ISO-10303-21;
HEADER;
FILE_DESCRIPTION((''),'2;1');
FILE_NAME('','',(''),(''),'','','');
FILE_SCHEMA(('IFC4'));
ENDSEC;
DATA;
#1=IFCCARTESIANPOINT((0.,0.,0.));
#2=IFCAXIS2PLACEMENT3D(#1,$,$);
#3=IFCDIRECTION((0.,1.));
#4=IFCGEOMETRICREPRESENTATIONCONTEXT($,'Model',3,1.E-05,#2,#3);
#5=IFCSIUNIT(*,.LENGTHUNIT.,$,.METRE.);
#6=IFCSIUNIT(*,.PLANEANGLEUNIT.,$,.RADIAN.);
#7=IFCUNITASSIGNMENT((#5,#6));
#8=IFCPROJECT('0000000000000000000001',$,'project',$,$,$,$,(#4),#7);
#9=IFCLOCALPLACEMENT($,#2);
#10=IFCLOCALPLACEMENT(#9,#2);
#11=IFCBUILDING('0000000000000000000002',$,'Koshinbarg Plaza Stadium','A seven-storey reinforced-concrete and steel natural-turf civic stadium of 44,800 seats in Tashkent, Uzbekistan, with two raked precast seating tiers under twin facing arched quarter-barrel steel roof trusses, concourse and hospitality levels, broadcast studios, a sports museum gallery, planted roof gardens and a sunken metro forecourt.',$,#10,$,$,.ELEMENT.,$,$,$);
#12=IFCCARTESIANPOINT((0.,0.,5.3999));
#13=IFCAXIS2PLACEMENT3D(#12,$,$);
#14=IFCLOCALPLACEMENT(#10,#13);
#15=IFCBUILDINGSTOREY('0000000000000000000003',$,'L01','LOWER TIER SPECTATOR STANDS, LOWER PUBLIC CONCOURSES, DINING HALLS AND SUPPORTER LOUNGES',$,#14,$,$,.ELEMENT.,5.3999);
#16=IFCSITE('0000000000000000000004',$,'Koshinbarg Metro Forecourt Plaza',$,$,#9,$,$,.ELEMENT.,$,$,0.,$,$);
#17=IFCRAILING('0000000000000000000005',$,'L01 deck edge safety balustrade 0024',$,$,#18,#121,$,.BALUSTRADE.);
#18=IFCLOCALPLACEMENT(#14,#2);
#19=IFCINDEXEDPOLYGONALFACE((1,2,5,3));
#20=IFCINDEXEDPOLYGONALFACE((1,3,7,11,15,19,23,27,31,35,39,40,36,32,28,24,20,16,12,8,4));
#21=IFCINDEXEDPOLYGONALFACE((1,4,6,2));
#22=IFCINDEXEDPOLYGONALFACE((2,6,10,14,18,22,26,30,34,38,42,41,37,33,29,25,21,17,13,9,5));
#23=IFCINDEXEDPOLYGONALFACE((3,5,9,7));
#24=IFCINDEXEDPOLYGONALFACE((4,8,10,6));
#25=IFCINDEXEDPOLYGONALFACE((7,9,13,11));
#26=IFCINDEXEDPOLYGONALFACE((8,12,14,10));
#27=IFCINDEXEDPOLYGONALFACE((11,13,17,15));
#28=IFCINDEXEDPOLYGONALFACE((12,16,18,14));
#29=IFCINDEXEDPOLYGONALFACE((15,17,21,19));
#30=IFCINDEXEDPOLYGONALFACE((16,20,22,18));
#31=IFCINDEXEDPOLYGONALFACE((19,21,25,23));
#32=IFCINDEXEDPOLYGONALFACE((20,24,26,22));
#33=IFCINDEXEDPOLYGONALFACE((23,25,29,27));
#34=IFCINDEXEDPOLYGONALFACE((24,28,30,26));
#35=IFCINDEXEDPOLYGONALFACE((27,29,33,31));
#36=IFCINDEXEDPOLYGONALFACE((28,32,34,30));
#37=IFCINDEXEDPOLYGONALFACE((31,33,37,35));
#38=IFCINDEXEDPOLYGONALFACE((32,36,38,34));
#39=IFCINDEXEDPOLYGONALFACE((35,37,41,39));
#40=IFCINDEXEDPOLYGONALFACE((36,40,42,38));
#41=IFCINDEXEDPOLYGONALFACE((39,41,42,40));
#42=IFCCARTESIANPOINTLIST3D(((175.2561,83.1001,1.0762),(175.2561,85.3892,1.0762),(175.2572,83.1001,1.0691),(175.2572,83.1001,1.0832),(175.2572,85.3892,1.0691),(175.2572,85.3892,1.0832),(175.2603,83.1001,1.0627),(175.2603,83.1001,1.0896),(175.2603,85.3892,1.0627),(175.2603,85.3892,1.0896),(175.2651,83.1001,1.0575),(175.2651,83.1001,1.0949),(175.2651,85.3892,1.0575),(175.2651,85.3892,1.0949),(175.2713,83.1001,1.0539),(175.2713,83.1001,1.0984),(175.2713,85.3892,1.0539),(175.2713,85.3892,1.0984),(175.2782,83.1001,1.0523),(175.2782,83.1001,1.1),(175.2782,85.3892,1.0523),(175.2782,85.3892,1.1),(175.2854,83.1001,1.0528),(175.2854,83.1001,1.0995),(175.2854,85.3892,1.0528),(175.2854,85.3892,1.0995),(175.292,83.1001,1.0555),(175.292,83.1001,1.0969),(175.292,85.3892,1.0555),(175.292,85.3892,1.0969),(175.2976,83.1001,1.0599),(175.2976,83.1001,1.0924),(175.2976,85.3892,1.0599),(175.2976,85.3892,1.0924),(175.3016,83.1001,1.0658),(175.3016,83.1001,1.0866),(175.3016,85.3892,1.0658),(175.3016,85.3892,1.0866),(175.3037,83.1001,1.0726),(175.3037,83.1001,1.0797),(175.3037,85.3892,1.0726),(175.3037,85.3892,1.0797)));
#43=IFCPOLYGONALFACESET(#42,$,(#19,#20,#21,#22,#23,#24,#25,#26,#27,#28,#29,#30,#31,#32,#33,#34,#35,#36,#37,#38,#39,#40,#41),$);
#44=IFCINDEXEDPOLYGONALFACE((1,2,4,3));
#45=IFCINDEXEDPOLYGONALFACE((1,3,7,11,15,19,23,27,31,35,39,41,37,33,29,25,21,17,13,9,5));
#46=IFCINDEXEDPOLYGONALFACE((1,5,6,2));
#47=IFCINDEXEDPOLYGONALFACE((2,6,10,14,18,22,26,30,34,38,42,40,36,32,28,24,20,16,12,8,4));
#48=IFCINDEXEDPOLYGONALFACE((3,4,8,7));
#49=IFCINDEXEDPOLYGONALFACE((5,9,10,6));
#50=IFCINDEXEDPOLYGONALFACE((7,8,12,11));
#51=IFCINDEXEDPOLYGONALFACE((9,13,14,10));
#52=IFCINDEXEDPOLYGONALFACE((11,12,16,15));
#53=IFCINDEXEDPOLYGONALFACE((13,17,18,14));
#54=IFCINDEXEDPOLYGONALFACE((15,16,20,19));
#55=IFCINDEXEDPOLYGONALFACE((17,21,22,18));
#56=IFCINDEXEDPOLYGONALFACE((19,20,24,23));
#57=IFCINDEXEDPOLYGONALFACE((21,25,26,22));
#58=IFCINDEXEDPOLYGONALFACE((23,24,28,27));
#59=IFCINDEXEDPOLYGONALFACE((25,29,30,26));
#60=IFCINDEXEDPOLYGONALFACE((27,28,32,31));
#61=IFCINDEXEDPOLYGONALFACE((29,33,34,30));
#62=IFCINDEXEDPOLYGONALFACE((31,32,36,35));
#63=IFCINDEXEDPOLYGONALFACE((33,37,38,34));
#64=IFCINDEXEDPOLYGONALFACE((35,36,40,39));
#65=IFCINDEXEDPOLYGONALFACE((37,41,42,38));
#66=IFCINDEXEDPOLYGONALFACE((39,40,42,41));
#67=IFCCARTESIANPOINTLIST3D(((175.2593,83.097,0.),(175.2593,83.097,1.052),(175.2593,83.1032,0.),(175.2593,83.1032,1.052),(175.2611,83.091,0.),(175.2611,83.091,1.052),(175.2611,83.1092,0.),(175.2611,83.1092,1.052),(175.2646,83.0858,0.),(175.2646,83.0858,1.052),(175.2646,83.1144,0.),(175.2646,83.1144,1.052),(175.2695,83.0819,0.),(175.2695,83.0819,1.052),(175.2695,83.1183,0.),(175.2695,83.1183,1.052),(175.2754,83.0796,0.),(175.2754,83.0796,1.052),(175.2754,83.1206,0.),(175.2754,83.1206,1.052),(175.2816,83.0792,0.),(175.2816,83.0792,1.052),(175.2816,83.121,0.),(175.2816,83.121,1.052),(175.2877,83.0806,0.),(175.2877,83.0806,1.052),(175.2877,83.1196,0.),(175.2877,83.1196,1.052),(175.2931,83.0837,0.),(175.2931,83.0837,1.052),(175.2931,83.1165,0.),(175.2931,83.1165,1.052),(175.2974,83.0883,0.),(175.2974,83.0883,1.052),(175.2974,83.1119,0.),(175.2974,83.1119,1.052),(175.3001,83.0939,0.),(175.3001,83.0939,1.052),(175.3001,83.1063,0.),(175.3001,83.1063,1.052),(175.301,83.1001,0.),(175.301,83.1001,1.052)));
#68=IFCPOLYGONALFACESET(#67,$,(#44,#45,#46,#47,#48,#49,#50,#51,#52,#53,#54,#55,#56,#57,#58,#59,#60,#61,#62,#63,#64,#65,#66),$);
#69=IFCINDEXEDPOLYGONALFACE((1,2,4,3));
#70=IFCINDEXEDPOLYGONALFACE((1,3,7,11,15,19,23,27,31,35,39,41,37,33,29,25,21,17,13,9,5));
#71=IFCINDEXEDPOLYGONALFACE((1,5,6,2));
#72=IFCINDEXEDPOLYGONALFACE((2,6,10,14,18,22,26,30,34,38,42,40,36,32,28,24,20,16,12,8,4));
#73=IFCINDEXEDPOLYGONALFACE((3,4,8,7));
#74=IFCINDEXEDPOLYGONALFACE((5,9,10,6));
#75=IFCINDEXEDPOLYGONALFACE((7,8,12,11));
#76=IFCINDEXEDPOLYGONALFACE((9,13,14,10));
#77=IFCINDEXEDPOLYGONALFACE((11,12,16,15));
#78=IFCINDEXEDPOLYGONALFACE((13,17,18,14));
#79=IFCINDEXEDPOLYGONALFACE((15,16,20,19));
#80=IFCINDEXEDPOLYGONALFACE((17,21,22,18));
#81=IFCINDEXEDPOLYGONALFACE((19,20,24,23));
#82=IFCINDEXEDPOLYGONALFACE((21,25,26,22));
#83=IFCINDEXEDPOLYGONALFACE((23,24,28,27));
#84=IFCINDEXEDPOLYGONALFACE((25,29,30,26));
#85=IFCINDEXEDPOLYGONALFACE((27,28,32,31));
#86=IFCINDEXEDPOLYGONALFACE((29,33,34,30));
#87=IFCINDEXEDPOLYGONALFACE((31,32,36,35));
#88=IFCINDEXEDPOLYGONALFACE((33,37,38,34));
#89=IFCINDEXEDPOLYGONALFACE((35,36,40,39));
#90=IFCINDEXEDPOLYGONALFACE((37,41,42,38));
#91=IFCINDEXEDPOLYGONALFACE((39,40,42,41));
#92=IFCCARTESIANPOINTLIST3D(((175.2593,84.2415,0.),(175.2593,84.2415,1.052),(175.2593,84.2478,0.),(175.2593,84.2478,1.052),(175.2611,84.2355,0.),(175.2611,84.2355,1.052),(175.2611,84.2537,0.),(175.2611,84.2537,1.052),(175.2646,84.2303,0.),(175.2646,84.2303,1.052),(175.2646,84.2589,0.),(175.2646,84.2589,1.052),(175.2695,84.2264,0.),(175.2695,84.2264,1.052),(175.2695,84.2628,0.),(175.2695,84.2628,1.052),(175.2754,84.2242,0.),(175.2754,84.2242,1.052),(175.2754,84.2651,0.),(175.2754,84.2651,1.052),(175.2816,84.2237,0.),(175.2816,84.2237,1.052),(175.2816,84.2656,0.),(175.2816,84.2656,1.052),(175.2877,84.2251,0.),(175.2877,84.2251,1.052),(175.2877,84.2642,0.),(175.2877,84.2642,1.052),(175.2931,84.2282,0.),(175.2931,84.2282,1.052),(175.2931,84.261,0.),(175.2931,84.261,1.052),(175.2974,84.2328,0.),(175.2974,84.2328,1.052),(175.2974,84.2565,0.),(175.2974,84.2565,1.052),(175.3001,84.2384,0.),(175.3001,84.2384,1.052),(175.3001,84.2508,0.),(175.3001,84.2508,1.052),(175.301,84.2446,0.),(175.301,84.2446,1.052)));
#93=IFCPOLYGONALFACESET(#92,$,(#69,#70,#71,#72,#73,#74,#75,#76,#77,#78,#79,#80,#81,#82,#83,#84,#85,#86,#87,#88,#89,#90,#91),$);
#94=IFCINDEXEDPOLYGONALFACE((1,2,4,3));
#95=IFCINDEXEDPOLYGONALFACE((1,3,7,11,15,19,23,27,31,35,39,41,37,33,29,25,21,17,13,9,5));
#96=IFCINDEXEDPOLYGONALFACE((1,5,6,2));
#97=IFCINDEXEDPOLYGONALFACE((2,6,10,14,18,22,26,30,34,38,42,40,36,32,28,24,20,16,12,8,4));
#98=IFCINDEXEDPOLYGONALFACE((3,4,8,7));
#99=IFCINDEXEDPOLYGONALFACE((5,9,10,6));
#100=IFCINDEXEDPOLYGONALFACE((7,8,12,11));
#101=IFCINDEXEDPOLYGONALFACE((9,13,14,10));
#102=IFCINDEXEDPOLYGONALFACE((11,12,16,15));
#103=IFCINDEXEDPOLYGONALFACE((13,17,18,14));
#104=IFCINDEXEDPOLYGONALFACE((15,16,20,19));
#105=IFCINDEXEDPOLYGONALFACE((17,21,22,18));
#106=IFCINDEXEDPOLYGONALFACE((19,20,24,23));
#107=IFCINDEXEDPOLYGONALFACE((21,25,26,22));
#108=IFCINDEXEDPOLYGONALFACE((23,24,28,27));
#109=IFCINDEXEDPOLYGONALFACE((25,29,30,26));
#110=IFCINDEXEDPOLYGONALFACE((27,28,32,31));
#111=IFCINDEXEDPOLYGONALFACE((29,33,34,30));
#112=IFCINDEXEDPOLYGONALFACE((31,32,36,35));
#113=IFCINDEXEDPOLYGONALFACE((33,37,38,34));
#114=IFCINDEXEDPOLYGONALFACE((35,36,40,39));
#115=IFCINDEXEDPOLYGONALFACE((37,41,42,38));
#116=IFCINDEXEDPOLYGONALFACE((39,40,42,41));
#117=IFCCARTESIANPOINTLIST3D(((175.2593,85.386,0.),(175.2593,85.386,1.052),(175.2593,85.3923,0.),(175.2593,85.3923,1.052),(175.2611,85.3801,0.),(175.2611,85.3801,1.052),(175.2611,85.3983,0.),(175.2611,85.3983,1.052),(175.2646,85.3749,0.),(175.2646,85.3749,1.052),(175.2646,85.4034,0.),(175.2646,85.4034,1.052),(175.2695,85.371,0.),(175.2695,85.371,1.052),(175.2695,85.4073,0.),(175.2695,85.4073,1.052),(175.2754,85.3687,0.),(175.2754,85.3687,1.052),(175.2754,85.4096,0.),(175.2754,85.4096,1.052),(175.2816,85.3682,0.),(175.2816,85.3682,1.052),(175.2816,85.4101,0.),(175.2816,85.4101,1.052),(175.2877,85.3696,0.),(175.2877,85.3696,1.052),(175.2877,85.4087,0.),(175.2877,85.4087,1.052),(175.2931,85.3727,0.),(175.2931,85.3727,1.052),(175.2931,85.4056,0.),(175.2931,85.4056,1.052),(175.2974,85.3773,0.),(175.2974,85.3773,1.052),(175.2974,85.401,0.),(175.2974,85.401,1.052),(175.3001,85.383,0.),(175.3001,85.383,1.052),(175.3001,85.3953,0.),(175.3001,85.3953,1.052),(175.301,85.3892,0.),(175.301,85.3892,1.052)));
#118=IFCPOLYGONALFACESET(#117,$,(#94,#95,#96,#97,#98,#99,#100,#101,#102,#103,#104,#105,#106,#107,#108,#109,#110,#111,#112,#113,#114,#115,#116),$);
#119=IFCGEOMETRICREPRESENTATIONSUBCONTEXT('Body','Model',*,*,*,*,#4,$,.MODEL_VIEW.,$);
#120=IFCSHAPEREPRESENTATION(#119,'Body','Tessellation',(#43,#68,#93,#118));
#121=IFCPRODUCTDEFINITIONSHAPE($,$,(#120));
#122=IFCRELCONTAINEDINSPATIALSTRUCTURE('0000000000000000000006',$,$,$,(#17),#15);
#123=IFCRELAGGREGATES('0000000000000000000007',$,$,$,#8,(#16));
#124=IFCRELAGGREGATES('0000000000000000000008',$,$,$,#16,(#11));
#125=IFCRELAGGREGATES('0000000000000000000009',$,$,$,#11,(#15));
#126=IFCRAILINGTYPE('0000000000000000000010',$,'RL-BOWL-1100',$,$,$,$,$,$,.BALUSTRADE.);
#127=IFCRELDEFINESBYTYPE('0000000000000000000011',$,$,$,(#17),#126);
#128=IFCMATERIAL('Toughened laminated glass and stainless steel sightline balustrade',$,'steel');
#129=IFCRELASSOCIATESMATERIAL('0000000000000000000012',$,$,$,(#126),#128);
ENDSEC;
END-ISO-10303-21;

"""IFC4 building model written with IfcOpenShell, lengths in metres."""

from ifc_helpers import new_model, si_unit, direction, frame, origin, origin_2d, place, context, subcontext, project, spatial, circle, extrude, material, type_object, element, save


model = new_model("IFC4")

# Units and contexts
model_context = context("Model", 3, precision=1e-05, world=origin(), true_north=direction((0.0, 1.0)))
body_context = subcontext(model_context, "Body", "Model", "MODEL_VIEW")
ifc_project = project(units=[si_unit("LENGTHUNIT", "METRE"), si_unit("PLANEANGLEUNIT", "RADIAN")], contexts=[model_context])

# Site, building, storey
site_placement = place(None, origin())
site = spatial("IfcSite", under=ifc_project, at=site_placement, Name="Koshinbarg Metro Forecourt Plaza", CompositionType="ELEMENT", RefElevation=0.0)
building_placement = place(site_placement, origin())
building = spatial("IfcBuilding", under=site, at=building_placement, Name="Koshinbarg Plaza Stadium", Description="A seven-storey reinforced-concrete and steel natural-turf civic stadium of 44,800 seats in Tashkent, Uzbekistan, with two raked precast seating tiers under twin facing arched quarter-barrel steel roof trusses, concourse and hospitality levels, broadcast studios, a sports museum gallery, planted roof gardens and a sunken metro forecourt.", CompositionType="ELEMENT")
storey_placement = place(building_placement, frame((0.0, 0.0, 5.3999)))
storey = spatial("IfcBuildingStorey", under=building, at=storey_placement, Name="L01", Description="LOWER TIER SPECTATOR STANDS, LOWER PUBLIC CONCOURSES, DINING HALLS AND SUPPORTER LOUNGES", CompositionType="ELEMENT", Elevation=5.3999)

# Railing
ifc_material_1 = material(Name="Toughened laminated glass and stainless steel sightline balustrade", Category="steel")
railing_type_1 = type_object("IfcRailingType", Name="RL-BOWL-1100", PredefinedType="BALUSTRADE", material=ifc_material_1)
railing_1_placement = place(storey_placement, frame((175.28, 83.1001, 0.0)))
element("IfcRailing", 1, at=railing_1_placement, inside=storey, type_object=railing_type_1, Name="L01 deck edge safety balustrade 0024", PredefinedType="BALUSTRADE", context=body_context, shape_type="SweptSolid", body=[
    extrude(circle(Radius=0.0239, at=origin_2d()), frame((0.0, 0.0, 1.0762), z_axis=(0.0, 1.0, 0.0), x_axis=(-1.0, 0.0, 0.0)), (0.0, 0.0, 1.0), 2.2891),
    extrude(circle(Radius=0.021, at=origin_2d()), origin(), (0.0, 0.0, 1.0), 1.052),
    extrude(circle(Radius=0.021, at=origin_2d()), frame((0.0, 1.1445, 0.0)), (0.0, 0.0, 1.0), 1.052),
    extrude(circle(Radius=0.021, at=origin_2d()), frame((0.0, 2.2891, 0.0)), (0.0, 0.0, 1.0), 1.052),
])

save(model, "model.ifc")
